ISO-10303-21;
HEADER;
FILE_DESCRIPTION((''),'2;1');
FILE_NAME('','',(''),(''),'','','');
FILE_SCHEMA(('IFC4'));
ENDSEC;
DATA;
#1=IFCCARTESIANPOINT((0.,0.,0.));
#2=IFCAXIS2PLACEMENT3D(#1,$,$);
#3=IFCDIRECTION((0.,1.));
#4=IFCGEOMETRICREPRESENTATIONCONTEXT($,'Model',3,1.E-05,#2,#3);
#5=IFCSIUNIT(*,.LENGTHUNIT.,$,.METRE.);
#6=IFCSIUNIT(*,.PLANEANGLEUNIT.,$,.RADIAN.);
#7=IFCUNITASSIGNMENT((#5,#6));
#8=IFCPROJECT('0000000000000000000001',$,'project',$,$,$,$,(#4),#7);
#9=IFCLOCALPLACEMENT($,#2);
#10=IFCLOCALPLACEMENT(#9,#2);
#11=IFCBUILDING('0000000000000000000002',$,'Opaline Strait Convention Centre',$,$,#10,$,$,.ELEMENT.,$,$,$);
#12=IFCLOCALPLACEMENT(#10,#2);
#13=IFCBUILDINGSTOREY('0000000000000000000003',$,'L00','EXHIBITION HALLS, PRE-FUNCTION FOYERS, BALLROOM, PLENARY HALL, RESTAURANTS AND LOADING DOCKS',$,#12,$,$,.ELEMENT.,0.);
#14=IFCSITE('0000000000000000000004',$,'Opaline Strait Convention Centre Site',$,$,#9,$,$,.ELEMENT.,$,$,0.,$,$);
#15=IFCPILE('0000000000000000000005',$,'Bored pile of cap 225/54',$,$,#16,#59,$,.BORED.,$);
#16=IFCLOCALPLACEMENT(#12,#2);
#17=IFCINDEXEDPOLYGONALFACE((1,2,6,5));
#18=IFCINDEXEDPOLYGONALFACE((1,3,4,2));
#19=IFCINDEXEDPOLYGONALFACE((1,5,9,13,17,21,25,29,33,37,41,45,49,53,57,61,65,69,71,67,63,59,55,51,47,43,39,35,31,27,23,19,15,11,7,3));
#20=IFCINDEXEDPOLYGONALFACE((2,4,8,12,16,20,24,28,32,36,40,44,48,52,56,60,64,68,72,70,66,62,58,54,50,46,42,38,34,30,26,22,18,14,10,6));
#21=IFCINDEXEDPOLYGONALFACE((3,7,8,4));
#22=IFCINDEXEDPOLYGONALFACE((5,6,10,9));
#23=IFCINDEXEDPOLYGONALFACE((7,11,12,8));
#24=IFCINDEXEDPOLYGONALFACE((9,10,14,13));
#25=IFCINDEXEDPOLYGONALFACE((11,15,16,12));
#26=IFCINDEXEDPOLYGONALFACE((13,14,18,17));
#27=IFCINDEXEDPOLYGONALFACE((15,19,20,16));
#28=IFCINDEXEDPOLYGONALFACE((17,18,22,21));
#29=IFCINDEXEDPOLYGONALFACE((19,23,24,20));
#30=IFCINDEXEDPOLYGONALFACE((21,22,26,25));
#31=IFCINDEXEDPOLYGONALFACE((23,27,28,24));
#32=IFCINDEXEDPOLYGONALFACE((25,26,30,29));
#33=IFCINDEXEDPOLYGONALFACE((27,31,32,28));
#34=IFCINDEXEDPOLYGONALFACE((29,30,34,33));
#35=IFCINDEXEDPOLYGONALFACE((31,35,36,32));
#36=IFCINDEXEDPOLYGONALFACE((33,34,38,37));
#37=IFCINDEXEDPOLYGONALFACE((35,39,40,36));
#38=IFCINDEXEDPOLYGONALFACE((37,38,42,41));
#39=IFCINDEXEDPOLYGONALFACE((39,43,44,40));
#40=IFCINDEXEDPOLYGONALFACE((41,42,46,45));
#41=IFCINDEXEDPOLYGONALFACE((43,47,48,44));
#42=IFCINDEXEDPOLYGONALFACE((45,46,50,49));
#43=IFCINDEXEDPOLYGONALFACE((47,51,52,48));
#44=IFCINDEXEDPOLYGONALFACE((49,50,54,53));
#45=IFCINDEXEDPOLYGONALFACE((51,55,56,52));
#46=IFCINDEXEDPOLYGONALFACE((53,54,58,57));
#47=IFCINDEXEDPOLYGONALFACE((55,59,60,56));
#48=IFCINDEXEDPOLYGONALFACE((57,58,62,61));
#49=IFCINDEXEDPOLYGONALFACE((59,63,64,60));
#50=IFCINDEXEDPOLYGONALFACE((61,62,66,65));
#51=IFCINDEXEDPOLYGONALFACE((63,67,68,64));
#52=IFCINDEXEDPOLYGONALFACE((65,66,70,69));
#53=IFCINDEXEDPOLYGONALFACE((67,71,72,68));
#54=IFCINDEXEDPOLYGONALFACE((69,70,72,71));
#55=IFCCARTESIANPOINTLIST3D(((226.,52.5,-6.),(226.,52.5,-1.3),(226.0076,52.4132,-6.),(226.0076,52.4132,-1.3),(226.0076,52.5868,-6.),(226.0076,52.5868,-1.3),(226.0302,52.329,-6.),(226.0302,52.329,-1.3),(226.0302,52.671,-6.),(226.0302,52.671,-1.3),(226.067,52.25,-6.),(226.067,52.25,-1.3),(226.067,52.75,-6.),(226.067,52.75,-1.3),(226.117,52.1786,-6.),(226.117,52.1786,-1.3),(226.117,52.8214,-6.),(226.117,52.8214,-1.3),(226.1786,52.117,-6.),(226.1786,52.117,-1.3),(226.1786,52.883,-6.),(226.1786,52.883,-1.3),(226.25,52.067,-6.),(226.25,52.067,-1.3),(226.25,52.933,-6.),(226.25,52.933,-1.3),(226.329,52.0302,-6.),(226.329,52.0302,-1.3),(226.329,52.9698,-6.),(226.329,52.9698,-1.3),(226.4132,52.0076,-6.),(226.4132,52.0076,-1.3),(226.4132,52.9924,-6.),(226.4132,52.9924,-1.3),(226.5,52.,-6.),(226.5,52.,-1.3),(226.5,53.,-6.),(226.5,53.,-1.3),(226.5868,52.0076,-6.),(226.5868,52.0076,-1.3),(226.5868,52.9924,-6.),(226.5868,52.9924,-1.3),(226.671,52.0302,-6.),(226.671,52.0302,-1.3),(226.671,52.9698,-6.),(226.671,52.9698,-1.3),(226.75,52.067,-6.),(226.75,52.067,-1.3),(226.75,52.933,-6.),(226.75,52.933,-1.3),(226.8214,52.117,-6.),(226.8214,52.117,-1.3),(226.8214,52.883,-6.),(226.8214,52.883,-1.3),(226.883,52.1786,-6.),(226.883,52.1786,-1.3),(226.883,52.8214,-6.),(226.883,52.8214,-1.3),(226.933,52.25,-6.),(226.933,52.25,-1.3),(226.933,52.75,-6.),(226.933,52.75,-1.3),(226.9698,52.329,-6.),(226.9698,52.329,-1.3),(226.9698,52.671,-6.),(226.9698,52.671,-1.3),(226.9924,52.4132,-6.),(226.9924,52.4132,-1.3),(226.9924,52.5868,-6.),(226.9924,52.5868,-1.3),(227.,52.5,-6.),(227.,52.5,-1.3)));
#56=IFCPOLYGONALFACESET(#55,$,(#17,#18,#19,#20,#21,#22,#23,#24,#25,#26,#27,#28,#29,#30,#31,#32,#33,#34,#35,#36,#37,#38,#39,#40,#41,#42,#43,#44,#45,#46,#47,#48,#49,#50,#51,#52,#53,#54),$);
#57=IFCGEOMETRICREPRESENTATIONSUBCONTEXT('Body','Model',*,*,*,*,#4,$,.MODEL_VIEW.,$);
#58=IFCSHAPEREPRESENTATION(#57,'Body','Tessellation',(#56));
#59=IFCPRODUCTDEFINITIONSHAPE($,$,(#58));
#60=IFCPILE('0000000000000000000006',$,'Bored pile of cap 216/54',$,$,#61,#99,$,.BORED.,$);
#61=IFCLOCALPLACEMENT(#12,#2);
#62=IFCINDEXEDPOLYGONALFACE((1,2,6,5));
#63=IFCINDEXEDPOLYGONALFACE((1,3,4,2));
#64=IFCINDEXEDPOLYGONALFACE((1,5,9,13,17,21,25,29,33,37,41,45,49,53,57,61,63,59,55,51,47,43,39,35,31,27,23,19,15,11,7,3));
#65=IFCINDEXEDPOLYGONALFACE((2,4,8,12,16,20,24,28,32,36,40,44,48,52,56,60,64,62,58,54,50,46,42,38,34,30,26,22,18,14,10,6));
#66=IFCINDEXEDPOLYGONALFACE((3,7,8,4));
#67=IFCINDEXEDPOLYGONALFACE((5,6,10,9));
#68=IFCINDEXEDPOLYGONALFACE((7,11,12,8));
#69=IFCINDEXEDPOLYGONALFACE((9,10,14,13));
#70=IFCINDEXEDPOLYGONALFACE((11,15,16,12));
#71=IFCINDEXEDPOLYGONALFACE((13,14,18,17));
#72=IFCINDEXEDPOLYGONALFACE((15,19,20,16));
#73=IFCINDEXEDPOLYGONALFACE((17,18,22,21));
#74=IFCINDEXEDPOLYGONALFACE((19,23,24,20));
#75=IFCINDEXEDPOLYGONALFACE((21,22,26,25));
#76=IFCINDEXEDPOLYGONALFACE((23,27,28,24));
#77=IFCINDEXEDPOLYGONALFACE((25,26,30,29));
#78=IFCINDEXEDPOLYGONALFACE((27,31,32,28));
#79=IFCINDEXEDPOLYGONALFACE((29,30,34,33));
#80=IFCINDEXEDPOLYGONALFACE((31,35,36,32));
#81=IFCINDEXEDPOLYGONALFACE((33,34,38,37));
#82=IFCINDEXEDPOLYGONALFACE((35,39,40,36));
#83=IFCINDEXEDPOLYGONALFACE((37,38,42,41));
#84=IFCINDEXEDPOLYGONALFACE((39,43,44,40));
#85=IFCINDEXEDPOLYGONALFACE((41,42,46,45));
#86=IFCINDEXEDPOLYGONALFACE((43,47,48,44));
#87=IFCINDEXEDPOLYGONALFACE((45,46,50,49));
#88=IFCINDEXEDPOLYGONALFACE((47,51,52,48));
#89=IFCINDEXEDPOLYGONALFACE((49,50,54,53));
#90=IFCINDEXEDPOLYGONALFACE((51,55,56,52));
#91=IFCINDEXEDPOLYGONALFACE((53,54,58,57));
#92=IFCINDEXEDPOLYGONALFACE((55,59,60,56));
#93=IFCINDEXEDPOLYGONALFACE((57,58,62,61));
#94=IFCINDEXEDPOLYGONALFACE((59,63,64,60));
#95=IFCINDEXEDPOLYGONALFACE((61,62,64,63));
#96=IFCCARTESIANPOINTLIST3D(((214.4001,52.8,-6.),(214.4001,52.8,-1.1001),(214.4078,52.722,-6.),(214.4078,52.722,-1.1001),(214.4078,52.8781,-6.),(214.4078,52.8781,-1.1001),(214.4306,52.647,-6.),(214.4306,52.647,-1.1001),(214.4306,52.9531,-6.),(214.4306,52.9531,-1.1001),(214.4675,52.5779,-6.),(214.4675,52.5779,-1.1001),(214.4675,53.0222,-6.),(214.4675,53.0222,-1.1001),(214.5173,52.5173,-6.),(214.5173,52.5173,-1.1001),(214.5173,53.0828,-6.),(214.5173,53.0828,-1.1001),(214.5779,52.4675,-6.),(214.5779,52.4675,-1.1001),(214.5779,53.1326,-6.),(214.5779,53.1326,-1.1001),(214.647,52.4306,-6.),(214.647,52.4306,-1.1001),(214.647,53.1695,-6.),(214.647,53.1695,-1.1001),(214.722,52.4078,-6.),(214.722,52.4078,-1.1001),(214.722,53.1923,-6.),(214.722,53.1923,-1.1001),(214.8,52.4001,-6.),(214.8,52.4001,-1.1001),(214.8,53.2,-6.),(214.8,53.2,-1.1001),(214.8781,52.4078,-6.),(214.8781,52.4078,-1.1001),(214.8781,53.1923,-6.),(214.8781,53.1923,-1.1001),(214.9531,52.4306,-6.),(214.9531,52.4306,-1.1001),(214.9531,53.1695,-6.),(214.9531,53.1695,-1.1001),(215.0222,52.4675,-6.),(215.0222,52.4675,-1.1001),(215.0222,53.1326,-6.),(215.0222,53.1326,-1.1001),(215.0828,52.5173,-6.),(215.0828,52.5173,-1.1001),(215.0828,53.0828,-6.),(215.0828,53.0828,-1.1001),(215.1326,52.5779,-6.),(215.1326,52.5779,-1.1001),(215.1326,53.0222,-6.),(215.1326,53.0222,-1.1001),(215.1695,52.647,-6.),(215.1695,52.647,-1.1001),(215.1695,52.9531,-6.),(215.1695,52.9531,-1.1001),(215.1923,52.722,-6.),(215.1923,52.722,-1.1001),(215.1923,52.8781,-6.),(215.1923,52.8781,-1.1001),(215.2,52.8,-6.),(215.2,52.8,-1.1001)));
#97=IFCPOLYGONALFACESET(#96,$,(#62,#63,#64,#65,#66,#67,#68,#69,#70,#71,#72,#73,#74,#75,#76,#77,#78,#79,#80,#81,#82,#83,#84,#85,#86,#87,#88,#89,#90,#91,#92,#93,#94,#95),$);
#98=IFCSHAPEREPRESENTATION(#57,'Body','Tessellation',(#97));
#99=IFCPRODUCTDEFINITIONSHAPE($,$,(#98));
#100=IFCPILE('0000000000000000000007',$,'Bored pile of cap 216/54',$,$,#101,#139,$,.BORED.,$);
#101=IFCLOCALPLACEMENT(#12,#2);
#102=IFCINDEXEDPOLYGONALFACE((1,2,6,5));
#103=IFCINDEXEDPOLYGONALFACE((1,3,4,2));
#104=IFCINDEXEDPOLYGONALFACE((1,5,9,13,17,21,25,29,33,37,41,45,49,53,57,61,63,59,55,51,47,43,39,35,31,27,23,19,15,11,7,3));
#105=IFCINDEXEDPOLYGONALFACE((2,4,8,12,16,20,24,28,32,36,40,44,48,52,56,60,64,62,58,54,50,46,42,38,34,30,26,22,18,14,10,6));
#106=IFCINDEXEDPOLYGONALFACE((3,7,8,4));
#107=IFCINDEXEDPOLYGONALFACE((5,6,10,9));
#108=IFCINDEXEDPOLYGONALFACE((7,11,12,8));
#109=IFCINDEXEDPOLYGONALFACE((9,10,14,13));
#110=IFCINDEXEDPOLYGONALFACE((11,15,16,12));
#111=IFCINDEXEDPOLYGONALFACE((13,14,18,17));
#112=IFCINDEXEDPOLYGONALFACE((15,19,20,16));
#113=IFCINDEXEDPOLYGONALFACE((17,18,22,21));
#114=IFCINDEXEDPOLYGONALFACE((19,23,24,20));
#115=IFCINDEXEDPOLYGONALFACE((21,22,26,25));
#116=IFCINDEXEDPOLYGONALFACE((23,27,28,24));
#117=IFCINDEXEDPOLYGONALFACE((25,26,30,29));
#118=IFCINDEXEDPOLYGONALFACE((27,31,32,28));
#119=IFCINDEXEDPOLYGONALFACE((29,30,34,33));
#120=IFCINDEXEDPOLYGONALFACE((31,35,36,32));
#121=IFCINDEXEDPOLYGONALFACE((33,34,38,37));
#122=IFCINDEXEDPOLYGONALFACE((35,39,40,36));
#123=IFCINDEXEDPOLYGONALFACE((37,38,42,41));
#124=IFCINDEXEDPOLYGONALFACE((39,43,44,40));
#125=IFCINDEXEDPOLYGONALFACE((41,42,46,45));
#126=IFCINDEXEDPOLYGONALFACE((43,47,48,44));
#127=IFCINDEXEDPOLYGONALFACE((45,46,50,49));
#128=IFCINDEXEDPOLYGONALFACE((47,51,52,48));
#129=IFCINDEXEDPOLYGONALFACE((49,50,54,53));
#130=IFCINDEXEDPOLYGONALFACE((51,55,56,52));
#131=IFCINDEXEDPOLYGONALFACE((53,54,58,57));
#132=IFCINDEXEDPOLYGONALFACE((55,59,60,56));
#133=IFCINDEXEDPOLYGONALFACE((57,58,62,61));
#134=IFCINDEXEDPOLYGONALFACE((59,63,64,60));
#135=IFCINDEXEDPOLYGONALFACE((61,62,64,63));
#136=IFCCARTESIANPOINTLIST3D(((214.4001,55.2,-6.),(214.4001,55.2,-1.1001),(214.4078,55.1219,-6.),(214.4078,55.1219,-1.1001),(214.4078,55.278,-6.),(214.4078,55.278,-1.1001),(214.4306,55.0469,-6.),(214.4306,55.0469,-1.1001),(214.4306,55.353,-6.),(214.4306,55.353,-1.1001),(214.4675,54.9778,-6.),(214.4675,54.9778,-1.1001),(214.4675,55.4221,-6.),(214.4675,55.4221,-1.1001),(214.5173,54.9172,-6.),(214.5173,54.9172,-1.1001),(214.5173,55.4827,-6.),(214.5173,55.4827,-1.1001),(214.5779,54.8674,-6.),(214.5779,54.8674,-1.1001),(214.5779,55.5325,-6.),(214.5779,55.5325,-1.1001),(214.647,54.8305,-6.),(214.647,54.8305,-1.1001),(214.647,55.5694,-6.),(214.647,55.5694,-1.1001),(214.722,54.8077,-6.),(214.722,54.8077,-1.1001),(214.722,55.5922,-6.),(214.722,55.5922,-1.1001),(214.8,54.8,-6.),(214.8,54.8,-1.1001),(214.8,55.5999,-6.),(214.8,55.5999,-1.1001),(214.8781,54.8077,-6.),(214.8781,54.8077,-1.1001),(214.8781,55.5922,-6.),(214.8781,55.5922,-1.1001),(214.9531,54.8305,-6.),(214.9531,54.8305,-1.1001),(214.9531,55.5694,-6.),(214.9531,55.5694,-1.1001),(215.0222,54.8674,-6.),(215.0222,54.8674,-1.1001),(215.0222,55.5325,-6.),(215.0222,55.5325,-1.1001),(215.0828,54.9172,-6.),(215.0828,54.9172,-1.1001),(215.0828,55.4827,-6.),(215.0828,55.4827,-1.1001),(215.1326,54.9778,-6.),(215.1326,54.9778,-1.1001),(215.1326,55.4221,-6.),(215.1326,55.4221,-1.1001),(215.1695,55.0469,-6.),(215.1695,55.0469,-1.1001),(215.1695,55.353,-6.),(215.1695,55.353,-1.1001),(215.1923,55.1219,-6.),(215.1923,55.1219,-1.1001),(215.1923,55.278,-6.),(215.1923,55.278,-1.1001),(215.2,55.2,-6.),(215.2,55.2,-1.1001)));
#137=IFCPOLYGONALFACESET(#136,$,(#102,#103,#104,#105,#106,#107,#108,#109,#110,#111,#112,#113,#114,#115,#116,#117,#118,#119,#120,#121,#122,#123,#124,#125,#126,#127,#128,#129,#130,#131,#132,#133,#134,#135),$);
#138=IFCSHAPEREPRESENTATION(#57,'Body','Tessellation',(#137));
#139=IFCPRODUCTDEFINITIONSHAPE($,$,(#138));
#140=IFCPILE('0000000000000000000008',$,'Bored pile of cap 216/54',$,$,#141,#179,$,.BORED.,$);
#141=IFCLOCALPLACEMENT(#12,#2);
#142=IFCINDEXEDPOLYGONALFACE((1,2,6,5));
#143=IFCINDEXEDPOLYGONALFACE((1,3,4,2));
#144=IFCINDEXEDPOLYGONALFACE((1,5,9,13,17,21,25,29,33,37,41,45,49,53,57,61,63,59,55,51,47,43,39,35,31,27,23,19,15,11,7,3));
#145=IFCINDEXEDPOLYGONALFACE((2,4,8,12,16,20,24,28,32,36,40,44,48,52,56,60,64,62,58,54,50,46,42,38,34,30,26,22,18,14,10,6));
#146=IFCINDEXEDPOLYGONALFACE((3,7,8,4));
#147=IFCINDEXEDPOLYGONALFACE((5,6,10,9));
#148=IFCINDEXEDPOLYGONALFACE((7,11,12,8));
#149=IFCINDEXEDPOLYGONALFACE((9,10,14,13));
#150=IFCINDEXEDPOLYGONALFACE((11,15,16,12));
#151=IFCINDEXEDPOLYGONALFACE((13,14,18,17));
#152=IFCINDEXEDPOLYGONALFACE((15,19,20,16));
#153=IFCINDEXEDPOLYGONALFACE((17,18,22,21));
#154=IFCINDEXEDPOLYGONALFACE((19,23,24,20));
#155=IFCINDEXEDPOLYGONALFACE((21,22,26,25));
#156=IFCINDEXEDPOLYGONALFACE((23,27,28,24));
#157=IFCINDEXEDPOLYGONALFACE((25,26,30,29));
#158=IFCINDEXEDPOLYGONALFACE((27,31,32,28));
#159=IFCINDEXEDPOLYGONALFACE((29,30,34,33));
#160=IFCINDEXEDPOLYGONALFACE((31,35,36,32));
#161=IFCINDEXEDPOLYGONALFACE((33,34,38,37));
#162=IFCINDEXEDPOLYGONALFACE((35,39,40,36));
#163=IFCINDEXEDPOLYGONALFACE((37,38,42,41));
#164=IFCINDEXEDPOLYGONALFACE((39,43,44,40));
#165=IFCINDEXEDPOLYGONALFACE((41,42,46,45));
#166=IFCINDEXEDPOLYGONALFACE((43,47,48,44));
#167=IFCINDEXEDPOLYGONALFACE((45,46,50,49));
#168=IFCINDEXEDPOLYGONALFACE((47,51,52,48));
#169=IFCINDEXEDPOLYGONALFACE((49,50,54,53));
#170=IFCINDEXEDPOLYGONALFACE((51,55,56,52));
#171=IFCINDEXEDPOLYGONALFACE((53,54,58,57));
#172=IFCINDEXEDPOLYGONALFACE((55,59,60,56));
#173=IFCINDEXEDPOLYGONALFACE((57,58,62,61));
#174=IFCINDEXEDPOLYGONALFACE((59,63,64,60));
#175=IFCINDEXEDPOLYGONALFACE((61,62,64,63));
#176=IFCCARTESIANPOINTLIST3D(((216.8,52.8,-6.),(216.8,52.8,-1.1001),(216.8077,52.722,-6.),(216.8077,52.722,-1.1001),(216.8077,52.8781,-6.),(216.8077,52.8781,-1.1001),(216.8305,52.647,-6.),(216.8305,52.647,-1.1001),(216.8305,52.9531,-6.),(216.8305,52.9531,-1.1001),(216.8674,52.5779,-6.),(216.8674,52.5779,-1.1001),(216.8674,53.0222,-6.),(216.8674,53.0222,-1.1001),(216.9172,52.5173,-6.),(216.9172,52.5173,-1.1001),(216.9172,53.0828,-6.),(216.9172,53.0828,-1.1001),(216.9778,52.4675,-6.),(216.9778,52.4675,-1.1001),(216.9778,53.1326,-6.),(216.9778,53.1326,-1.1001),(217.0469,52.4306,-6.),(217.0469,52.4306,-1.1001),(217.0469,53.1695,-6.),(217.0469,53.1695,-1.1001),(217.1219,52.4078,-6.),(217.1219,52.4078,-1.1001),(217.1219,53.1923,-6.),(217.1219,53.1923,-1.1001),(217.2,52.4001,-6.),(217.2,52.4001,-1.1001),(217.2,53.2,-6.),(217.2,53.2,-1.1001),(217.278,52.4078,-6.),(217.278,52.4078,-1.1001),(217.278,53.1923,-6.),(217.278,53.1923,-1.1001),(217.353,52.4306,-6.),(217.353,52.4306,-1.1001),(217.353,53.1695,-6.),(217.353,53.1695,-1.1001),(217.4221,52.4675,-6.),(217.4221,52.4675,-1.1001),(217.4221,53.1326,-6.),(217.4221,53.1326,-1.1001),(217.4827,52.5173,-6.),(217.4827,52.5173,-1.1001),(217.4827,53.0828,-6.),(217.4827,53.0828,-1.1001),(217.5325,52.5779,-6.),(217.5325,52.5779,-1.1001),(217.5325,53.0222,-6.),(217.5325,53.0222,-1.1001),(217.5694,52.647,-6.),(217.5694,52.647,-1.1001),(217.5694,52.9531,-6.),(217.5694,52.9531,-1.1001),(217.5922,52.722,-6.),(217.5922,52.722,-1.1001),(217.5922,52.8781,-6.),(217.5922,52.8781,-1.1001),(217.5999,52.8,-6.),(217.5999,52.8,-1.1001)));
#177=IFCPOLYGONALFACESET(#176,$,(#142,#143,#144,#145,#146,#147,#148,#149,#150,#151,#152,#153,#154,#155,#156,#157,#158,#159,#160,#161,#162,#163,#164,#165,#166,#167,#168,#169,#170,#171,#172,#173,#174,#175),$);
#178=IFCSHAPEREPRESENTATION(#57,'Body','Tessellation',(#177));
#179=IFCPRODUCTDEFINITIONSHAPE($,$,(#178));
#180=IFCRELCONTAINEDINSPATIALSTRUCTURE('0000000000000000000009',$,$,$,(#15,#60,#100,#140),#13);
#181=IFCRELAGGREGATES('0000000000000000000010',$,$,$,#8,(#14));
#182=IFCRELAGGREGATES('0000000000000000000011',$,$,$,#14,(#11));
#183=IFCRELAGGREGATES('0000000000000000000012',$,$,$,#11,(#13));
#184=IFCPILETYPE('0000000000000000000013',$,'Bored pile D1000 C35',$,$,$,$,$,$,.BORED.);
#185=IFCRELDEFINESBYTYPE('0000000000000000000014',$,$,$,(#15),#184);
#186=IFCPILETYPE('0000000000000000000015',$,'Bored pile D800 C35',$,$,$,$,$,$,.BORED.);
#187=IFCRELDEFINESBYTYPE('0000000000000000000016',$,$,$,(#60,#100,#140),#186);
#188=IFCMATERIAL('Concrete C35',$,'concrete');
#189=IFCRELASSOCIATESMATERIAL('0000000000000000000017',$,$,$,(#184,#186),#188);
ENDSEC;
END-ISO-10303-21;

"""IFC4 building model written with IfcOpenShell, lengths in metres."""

from ifc_helpers import new_model, si_unit, direction, frame, origin, origin_2d, place, context, subcontext, project, spatial, circle, extrude, material, material_profile, profile_set, type_object, element, save


model = new_model("IFC4")

# Units and contexts
model_context = context("Model", 3, precision=1e-05, world=origin(), true_north=direction((0.0, 1.0)))
body_context = subcontext(model_context, "Body", "Model", "MODEL_VIEW")
ifc_project = project(units=[si_unit("LENGTHUNIT", "METRE"), si_unit("PLANEANGLEUNIT", "RADIAN")], contexts=[model_context])

# Site, building, storey
site_placement = place(None, origin())
site = spatial("IfcSite", under=ifc_project, at=site_placement, Name="Opaline Strait Convention Centre Site", CompositionType="ELEMENT", RefElevation=0.0)
building_placement = place(site_placement, origin())
building = spatial("IfcBuilding", under=site, at=building_placement, Name="Opaline Strait Convention Centre", CompositionType="ELEMENT")
storey_placement = place(building_placement, origin())
storey = spatial("IfcBuildingStorey", under=building, at=storey_placement, Name="L00", Description="EXHIBITION HALLS, PRE-FUNCTION FOYERS, BALLROOM, PLENARY HALL, RESTAURANTS AND LOADING DOCKS", CompositionType="ELEMENT", Elevation=0.0)

# Piles
ifc_material_1 = material(Name="Concrete C35", Category="concrete")
ifc_material_profile_1 = material_profile(ifc_material_1, circle(Radius=0.5, at=origin_2d()), Name="D1000")
ifc_profile_set_1 = profile_set([ifc_material_profile_1], Name="Concrete C35")
pile_type_1 = type_object("IfcPileType", Name="Bored pile D1000 C35", PredefinedType="BORED", material=ifc_profile_set_1)
for number, where, z_axis, x_axis, name in (
    (1, (226.5, 52.5, -1.3), (0.0, 0.0, -1.0), (1.0, 0.0, 0.0), "Bored pile of cap 225/54"),
):
    element("IfcPile", number, at=place(storey_placement, frame(where, z_axis=z_axis, x_axis=x_axis)), inside=storey, type_object=pile_type_1, Name=name, PredefinedType="BORED", context=body_context, shape_type="SweptSolid", body=[
        extrude(circle(Radius=0.5, at=origin_2d()), origin(), (0.0, 0.0, 1.0), 4.7),
    ])
ifc_material_profile_2 = material_profile(ifc_material_1, circle(Radius=0.3999, at=origin_2d()), Name="D800")
ifc_profile_set_2 = profile_set([ifc_material_profile_2], Name="Concrete C35")
pile_type_2 = type_object("IfcPileType", Name="Bored pile D800 C35", PredefinedType="BORED", material=ifc_profile_set_2)
for number, where, z_axis, x_axis, name in (
    (2, (214.8, 52.8, -1.1001), (0.0, 0.0, -1.0), (1.0, 0.0, 0.0), "Bored pile of cap 216/54"),
    (3, (214.8, 55.2, -1.1001), (0.0, 0.0, -1.0), (1.0, 0.0, 0.0), "Bored pile of cap 216/54"),
    (4, (217.2, 52.8, -1.1001), (0.0, 0.0, -1.0), (1.0, 0.0, 0.0), "Bored pile of cap 216/54"),
):
    element("IfcPile", number, at=place(storey_placement, frame(where, z_axis=z_axis, x_axis=x_axis)), inside=storey, type_object=pile_type_2, Name=name, PredefinedType="BORED", context=body_context, shape_type="SweptSolid", body=[
        extrude(circle(Radius=0.3999, at=origin_2d()), origin(), (0.0, 0.0, 1.0), 4.8999),
    ])

save(model, "model.ifc")
